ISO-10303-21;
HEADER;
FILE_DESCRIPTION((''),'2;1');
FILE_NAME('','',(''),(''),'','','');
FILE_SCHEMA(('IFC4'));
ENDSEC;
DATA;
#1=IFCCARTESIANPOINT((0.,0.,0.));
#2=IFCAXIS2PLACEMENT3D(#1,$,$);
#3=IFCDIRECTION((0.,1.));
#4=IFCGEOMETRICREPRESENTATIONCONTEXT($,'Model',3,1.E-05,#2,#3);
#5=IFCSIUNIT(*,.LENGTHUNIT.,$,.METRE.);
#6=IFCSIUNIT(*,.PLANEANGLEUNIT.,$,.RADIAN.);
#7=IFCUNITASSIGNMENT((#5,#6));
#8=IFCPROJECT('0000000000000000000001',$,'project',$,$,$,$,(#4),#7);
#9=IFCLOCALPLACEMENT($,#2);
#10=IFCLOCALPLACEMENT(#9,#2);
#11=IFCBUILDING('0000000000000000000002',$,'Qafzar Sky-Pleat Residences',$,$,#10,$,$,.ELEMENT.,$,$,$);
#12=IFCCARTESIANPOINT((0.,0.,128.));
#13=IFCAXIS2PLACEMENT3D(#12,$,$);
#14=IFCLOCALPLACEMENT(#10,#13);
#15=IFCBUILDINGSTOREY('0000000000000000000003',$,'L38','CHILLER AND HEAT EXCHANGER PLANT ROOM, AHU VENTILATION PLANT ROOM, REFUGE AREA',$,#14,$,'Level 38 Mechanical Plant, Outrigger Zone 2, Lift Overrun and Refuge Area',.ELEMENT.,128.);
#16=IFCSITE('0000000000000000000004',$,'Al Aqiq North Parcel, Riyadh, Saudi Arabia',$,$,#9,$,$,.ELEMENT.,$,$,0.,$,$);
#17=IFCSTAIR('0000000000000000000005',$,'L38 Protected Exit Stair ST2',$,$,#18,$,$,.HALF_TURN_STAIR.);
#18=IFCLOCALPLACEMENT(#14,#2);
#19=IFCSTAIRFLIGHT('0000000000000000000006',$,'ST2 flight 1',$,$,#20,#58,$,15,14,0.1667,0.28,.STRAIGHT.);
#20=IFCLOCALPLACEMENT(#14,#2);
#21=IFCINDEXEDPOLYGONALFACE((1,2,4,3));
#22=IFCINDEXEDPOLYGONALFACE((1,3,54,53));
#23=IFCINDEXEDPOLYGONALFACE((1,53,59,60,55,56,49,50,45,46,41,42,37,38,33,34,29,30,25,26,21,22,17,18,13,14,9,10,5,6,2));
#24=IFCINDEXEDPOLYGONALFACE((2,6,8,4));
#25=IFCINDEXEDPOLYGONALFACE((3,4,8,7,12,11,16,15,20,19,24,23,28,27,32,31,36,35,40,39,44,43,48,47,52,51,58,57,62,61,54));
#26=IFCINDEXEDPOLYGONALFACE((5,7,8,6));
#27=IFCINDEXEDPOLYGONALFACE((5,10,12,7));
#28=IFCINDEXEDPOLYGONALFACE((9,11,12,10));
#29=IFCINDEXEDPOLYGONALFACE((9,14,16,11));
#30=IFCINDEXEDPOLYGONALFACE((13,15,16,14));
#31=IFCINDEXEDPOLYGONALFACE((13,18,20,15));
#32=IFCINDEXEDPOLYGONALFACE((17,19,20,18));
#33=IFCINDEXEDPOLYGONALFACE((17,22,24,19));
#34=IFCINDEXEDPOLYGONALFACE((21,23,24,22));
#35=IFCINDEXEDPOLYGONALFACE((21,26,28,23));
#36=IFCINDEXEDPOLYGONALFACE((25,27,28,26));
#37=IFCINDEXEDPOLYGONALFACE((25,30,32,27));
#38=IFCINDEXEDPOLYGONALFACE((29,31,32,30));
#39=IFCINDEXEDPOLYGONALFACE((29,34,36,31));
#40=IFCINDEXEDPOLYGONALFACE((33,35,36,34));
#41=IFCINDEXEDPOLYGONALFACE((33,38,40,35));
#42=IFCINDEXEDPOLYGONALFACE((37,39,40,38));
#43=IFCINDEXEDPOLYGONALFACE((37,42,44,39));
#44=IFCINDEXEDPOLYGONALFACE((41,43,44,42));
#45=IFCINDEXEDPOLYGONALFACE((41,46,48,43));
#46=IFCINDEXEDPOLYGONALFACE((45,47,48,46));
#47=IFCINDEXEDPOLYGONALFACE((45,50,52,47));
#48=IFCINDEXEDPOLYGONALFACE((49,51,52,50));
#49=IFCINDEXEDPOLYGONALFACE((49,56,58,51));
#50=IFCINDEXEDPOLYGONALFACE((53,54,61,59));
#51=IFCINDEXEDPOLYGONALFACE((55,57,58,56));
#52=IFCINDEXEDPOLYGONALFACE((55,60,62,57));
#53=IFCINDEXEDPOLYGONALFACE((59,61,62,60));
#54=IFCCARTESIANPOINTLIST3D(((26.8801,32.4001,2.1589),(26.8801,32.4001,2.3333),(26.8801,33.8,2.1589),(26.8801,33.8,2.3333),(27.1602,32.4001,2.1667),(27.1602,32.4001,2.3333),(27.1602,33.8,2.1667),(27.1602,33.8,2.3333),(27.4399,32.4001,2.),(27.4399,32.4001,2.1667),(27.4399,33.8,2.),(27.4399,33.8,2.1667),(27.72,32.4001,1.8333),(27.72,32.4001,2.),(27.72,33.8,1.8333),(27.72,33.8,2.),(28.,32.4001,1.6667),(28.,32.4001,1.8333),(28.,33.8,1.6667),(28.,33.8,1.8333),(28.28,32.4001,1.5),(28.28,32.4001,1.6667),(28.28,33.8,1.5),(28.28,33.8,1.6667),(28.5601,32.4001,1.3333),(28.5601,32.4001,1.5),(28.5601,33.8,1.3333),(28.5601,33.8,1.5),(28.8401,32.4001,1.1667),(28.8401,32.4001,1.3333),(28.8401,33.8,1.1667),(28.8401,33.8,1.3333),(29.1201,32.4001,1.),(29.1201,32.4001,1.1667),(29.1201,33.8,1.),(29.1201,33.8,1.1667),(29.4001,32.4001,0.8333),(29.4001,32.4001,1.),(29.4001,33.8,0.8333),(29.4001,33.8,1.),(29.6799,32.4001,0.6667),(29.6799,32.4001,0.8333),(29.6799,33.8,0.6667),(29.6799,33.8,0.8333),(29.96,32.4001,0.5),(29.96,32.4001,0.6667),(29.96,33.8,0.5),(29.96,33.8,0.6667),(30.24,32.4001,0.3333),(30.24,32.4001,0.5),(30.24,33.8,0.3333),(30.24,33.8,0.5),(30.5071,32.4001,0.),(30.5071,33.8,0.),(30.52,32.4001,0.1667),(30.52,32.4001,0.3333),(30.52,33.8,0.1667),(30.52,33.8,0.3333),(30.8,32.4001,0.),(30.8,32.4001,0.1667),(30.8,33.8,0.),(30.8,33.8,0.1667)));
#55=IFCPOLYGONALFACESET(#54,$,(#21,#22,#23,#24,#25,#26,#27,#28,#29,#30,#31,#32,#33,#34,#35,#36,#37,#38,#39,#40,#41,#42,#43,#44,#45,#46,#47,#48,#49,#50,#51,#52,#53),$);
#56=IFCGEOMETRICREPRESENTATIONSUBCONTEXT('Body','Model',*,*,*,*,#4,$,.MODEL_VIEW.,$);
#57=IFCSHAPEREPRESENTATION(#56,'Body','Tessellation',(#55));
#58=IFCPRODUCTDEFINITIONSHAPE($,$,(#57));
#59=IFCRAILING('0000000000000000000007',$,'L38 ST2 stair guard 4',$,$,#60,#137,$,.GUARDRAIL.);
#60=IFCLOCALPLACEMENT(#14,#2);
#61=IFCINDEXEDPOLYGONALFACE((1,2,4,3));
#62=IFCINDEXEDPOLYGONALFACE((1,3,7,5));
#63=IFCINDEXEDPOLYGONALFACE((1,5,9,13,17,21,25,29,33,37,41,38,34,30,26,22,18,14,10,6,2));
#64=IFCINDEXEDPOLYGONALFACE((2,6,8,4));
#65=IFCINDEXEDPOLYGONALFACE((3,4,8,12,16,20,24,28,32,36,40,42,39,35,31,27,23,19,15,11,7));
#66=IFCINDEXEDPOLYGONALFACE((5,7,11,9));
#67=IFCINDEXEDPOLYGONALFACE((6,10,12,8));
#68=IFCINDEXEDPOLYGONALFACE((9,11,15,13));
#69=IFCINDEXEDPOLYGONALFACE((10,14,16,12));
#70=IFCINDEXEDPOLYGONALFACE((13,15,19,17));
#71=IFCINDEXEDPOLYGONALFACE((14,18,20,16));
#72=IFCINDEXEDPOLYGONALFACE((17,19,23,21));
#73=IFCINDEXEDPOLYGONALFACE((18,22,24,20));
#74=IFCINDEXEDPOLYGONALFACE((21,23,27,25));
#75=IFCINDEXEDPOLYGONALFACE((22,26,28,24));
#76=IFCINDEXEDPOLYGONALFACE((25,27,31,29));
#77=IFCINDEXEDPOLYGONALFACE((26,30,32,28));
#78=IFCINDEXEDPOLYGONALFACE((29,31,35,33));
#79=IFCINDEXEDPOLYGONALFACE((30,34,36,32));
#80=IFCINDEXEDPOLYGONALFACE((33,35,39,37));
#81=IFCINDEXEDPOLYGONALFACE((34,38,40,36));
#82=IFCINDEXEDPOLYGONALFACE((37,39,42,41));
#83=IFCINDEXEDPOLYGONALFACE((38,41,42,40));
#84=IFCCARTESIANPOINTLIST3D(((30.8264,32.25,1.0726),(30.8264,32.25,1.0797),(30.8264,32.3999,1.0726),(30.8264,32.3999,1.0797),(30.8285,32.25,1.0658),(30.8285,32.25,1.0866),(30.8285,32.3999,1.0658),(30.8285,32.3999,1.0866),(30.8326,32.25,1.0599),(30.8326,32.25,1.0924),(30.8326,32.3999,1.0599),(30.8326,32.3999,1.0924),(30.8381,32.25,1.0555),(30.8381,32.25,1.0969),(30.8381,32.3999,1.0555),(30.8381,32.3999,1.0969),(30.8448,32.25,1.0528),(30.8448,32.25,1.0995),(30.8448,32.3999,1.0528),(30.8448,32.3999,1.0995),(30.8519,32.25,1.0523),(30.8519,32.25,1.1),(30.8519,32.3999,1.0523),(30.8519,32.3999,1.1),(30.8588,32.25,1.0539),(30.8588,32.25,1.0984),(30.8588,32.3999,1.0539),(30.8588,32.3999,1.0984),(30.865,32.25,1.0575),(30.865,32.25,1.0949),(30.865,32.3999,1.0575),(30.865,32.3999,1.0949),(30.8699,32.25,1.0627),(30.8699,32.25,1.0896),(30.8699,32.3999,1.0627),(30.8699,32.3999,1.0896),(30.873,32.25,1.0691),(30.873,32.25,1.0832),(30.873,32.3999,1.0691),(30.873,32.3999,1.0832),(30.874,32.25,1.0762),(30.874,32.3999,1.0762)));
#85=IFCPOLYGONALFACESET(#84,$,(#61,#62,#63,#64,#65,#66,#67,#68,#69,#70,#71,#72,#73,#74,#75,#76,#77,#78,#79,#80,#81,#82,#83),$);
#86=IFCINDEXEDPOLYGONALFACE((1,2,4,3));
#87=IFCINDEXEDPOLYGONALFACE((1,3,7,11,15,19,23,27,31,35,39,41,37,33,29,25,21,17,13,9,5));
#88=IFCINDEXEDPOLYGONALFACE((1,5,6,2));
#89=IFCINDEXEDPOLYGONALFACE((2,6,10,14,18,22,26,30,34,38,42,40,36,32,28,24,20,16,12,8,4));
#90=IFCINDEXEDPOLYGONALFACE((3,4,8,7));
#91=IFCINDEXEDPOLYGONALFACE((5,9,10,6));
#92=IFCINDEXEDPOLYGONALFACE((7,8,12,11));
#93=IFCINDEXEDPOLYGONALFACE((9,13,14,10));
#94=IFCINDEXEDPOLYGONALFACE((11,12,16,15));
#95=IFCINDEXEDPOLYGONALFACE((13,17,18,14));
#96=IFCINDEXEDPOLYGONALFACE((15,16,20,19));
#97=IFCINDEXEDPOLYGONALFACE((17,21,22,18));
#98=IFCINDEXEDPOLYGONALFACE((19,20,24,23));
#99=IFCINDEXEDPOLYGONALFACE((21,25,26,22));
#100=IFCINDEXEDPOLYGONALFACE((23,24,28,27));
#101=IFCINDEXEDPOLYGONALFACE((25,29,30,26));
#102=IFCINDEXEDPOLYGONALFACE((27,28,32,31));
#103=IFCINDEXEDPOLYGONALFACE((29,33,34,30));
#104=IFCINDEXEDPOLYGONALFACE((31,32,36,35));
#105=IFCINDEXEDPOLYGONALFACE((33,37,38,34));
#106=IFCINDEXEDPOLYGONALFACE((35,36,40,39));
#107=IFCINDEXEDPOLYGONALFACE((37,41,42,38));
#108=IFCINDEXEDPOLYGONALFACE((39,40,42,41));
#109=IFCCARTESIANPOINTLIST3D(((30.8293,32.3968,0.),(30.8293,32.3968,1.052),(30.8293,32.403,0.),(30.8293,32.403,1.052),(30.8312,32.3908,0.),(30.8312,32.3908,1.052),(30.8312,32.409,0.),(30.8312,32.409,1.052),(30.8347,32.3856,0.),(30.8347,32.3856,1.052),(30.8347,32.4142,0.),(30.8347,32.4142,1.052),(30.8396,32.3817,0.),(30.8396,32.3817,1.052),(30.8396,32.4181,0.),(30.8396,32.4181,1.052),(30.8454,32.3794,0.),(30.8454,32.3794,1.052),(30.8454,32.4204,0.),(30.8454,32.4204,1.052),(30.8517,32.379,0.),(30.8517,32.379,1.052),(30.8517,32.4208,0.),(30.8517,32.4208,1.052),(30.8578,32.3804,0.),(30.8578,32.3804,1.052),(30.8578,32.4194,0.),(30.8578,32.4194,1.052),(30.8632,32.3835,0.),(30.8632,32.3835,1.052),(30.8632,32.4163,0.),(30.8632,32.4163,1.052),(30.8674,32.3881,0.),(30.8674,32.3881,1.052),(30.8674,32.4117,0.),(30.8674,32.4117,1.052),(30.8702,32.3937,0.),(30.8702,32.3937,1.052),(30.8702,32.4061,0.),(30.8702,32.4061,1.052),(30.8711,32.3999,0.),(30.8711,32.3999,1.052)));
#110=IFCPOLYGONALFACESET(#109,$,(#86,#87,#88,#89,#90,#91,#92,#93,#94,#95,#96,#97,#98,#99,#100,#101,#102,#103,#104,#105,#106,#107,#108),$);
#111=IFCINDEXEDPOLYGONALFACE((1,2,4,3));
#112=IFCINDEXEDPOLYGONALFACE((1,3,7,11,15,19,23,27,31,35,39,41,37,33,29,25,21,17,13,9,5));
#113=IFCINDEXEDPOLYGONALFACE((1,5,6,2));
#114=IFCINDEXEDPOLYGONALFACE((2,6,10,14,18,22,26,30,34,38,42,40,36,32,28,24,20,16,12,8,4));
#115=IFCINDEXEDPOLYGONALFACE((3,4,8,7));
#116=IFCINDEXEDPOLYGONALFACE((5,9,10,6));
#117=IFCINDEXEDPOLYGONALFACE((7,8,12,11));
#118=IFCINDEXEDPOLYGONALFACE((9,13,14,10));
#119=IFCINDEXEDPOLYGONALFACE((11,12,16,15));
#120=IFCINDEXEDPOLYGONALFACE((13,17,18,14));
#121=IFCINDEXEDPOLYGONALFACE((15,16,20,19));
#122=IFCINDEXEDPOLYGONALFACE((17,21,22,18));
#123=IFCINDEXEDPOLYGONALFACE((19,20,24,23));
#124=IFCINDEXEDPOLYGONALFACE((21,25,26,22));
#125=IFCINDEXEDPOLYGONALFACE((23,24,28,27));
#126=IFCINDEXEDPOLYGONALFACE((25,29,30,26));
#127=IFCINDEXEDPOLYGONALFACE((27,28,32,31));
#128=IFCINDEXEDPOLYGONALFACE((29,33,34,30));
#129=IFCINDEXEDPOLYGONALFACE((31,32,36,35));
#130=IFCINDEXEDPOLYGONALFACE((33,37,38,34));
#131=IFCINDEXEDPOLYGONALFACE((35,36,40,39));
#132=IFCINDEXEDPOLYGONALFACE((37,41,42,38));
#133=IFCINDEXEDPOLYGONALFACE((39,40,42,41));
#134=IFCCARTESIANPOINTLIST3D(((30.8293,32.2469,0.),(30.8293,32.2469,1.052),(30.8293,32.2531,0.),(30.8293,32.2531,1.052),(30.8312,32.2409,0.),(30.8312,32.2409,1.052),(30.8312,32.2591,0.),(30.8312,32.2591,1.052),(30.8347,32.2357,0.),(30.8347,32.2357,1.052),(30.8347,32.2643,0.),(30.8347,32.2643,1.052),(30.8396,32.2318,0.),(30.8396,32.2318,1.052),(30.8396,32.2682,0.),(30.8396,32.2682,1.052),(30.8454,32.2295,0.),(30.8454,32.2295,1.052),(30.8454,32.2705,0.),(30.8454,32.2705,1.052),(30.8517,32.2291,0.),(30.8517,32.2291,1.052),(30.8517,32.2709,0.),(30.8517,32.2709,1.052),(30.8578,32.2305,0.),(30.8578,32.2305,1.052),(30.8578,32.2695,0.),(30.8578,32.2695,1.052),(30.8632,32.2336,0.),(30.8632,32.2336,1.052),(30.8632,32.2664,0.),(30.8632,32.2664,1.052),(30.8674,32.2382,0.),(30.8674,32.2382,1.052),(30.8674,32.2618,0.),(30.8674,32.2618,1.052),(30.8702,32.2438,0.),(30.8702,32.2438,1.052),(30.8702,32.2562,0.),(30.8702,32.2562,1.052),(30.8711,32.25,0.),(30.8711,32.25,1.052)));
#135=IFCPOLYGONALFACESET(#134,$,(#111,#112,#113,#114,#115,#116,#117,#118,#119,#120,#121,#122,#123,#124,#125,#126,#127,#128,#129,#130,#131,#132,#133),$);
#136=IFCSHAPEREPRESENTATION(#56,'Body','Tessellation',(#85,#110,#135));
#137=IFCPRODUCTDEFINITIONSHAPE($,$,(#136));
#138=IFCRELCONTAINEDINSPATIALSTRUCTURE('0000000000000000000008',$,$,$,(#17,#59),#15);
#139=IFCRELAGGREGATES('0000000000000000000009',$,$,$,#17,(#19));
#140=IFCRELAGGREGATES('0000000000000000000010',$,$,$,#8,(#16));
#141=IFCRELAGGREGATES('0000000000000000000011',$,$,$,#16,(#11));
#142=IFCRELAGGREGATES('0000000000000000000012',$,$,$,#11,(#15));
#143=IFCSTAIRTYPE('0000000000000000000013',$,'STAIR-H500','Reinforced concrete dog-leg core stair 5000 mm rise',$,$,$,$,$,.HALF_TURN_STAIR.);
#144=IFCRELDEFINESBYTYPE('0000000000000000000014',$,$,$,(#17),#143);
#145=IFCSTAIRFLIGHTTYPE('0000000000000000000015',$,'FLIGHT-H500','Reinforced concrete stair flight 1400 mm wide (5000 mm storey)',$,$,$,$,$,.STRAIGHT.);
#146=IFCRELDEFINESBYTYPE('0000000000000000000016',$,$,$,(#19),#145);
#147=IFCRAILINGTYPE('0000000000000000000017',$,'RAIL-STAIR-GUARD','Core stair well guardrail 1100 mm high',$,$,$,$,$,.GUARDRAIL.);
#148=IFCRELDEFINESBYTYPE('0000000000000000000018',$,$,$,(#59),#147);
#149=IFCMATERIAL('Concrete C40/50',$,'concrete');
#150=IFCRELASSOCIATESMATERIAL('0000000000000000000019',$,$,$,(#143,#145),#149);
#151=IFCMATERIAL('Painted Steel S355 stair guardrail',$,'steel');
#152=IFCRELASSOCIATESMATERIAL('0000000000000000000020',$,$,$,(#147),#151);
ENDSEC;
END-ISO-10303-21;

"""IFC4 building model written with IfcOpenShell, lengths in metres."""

from ifc_helpers import new_model, si_unit, direction, frame, origin, origin_2d, place, context, subcontext, project, spatial, polyline, circle, outline, extrude, source, transform, mapped, material, type_object, element, aggregate, save


model = new_model("IFC4")

# Units and contexts
model_context = context("Model", 3, precision=1e-05, world=origin(), true_north=direction((0.0, 1.0)))
body_context = subcontext(model_context, "Body", "Model", "MODEL_VIEW")
ifc_project = project(units=[si_unit("LENGTHUNIT", "METRE"), si_unit("PLANEANGLEUNIT", "RADIAN")], contexts=[model_context])

# Site, building, storey
site_placement = place(None, origin())
site = spatial("IfcSite", under=ifc_project, at=site_placement, Name="Al Aqiq North Parcel, Riyadh, Saudi Arabia", CompositionType="ELEMENT", RefElevation=0.0)
building_placement = place(site_placement, origin())
building = spatial("IfcBuilding", under=site, at=building_placement, Name="Qafzar Sky-Pleat Residences", CompositionType="ELEMENT")
storey_placement = place(building_placement, frame((0.0, 0.0, 128.0)))
storey = spatial("IfcBuildingStorey", under=building, at=storey_placement, Name="L38", Description="CHILLER AND HEAT EXCHANGER PLANT ROOM, AHU VENTILATION PLANT ROOM, REFUGE AREA", LongName="Level 38 Mechanical Plant, Outrigger Zone 2, Lift Overrun and Refuge Area", CompositionType="ELEMENT", Elevation=128.0)

# Stair, stair flight
ifc_material_1 = material(Name="Concrete C40/50", Category="concrete")
stair_type = type_object("IfcStairType", Name="STAIR-H500", Description="Reinforced concrete dog-leg core stair 5000 mm rise", PredefinedType="HALF_TURN_STAIR", material=ifc_material_1)
stair_placement = place(storey_placement, origin())
stair = element("IfcStair", 1, at=stair_placement, inside=storey, type_object=stair_type, Name="L38 Protected Exit Stair ST2", PredefinedType="HALF_TURN_STAIR")
stair_flight_type = type_object("IfcStairFlightType", Name="FLIGHT-H500", Description="Reinforced concrete stair flight 1400 mm wide (5000 mm storey)", PredefinedType="STRAIGHT", material=ifc_material_1)
shared_shape_1 = source(origin(), body_context, "Body", "SweptSolid", [
    extrude(outline(polyline([(0.0, 0.0), (0.0, 0.1667), (0.28, 0.1667), (0.28, 0.3333), (0.5601, 0.3333), (0.5601, 0.5), (0.8401, 0.5), (0.8401, 0.6667), (1.1201, 0.6667), (1.1201, 0.8333), (1.3999, 0.8333), (1.3999, 1.0), (1.6799, 1.0), (1.6799, 1.1667), (1.96, 1.1667), (1.96, 1.3333), (2.24, 1.3333), (2.24, 1.5), (2.52, 1.5), (2.52, 1.6667), (2.8, 1.6667), (2.8, 1.8333), (3.0801, 1.8333), (3.0801, 2.0), (3.3601, 2.0), (3.3601, 2.1667), (3.6399, 2.1667), (3.6399, 2.3333), (3.9199, 2.3333), (3.9199, 2.5), (3.9199, 2.1589), (0.293, 0.0), (0.0, 0.0)])), frame((0.0, 0.7, 0.0), z_axis=(0.0, -1.0, 0.0), x_axis=(1.0, 0.0, 0.0)), (0.0, 0.0, 1.0), 1.3999),
])
stair_flight_placement = place(storey_placement, frame((30.8, 33.1001, 0.0), z_axis=(0.0, 0.0, 1.0), x_axis=(-1.0, 0.0, 0.0)))
stair_flight = element("IfcStairFlight", 2, at=stair_flight_placement, type_object=stair_flight_type, Name="ST2 flight 1", NumberOfRisers=15, NumberOfTreads=14, PredefinedType="STRAIGHT", RiserHeight=0.1667, TreadLength=0.28, context=body_context, shape_type="MappedRepresentation", body=[
    mapped(shared_shape_1, transform((0.0, 0.0, 0.0), x_axis=(1.0, 0.0, 0.0), y_axis=(0.0, 1.0, 0.0), z_axis=(0.0, 0.0, 1.0), scale=1.0)),
])
aggregate(stair, [stair_flight])

# Railing
ifc_material_2 = material(Name="Painted Steel S355 stair guardrail", Category="steel")
railing_type_1 = type_object("IfcRailingType", Name="RAIL-STAIR-GUARD", Description="Core stair well guardrail 1100 mm high", PredefinedType="GUARDRAIL", material=ifc_material_2)
shared_shape_2 = source(origin(), body_context, "Body", "SweptSolid", [
    extrude(circle(Radius=0.0239, at=origin_2d()), frame((0.0, 0.0, 1.0762), z_axis=(0.0, -1.0, 0.0), x_axis=(1.0, 0.0, 0.0)), (0.0, 0.0, 1.0), 0.1499),
    extrude(circle(Radius=0.021, at=origin_2d()), origin(), (0.0, 0.0, 1.0), 1.052),
    extrude(circle(Radius=0.021, at=origin_2d()), frame((0.0, -0.1499, 0.0)), (0.0, 0.0, 1.0), 1.052),
])
railing_1_placement = place(storey_placement, frame((30.8501, 32.3999, 0.0)))
element("IfcRailing", 3, at=railing_1_placement, inside=storey, type_object=railing_type_1, Name="L38 ST2 stair guard 4", PredefinedType="GUARDRAIL", context=body_context, shape_type="MappedRepresentation", body=[
    mapped(shared_shape_2, transform((0.0, 0.0, 0.0), x_axis=(1.0, 0.0, 0.0), y_axis=(0.0, 1.0, 0.0), z_axis=(0.0, 0.0, 1.0), scale=1.0)),
])

save(model, "model.ifc")
